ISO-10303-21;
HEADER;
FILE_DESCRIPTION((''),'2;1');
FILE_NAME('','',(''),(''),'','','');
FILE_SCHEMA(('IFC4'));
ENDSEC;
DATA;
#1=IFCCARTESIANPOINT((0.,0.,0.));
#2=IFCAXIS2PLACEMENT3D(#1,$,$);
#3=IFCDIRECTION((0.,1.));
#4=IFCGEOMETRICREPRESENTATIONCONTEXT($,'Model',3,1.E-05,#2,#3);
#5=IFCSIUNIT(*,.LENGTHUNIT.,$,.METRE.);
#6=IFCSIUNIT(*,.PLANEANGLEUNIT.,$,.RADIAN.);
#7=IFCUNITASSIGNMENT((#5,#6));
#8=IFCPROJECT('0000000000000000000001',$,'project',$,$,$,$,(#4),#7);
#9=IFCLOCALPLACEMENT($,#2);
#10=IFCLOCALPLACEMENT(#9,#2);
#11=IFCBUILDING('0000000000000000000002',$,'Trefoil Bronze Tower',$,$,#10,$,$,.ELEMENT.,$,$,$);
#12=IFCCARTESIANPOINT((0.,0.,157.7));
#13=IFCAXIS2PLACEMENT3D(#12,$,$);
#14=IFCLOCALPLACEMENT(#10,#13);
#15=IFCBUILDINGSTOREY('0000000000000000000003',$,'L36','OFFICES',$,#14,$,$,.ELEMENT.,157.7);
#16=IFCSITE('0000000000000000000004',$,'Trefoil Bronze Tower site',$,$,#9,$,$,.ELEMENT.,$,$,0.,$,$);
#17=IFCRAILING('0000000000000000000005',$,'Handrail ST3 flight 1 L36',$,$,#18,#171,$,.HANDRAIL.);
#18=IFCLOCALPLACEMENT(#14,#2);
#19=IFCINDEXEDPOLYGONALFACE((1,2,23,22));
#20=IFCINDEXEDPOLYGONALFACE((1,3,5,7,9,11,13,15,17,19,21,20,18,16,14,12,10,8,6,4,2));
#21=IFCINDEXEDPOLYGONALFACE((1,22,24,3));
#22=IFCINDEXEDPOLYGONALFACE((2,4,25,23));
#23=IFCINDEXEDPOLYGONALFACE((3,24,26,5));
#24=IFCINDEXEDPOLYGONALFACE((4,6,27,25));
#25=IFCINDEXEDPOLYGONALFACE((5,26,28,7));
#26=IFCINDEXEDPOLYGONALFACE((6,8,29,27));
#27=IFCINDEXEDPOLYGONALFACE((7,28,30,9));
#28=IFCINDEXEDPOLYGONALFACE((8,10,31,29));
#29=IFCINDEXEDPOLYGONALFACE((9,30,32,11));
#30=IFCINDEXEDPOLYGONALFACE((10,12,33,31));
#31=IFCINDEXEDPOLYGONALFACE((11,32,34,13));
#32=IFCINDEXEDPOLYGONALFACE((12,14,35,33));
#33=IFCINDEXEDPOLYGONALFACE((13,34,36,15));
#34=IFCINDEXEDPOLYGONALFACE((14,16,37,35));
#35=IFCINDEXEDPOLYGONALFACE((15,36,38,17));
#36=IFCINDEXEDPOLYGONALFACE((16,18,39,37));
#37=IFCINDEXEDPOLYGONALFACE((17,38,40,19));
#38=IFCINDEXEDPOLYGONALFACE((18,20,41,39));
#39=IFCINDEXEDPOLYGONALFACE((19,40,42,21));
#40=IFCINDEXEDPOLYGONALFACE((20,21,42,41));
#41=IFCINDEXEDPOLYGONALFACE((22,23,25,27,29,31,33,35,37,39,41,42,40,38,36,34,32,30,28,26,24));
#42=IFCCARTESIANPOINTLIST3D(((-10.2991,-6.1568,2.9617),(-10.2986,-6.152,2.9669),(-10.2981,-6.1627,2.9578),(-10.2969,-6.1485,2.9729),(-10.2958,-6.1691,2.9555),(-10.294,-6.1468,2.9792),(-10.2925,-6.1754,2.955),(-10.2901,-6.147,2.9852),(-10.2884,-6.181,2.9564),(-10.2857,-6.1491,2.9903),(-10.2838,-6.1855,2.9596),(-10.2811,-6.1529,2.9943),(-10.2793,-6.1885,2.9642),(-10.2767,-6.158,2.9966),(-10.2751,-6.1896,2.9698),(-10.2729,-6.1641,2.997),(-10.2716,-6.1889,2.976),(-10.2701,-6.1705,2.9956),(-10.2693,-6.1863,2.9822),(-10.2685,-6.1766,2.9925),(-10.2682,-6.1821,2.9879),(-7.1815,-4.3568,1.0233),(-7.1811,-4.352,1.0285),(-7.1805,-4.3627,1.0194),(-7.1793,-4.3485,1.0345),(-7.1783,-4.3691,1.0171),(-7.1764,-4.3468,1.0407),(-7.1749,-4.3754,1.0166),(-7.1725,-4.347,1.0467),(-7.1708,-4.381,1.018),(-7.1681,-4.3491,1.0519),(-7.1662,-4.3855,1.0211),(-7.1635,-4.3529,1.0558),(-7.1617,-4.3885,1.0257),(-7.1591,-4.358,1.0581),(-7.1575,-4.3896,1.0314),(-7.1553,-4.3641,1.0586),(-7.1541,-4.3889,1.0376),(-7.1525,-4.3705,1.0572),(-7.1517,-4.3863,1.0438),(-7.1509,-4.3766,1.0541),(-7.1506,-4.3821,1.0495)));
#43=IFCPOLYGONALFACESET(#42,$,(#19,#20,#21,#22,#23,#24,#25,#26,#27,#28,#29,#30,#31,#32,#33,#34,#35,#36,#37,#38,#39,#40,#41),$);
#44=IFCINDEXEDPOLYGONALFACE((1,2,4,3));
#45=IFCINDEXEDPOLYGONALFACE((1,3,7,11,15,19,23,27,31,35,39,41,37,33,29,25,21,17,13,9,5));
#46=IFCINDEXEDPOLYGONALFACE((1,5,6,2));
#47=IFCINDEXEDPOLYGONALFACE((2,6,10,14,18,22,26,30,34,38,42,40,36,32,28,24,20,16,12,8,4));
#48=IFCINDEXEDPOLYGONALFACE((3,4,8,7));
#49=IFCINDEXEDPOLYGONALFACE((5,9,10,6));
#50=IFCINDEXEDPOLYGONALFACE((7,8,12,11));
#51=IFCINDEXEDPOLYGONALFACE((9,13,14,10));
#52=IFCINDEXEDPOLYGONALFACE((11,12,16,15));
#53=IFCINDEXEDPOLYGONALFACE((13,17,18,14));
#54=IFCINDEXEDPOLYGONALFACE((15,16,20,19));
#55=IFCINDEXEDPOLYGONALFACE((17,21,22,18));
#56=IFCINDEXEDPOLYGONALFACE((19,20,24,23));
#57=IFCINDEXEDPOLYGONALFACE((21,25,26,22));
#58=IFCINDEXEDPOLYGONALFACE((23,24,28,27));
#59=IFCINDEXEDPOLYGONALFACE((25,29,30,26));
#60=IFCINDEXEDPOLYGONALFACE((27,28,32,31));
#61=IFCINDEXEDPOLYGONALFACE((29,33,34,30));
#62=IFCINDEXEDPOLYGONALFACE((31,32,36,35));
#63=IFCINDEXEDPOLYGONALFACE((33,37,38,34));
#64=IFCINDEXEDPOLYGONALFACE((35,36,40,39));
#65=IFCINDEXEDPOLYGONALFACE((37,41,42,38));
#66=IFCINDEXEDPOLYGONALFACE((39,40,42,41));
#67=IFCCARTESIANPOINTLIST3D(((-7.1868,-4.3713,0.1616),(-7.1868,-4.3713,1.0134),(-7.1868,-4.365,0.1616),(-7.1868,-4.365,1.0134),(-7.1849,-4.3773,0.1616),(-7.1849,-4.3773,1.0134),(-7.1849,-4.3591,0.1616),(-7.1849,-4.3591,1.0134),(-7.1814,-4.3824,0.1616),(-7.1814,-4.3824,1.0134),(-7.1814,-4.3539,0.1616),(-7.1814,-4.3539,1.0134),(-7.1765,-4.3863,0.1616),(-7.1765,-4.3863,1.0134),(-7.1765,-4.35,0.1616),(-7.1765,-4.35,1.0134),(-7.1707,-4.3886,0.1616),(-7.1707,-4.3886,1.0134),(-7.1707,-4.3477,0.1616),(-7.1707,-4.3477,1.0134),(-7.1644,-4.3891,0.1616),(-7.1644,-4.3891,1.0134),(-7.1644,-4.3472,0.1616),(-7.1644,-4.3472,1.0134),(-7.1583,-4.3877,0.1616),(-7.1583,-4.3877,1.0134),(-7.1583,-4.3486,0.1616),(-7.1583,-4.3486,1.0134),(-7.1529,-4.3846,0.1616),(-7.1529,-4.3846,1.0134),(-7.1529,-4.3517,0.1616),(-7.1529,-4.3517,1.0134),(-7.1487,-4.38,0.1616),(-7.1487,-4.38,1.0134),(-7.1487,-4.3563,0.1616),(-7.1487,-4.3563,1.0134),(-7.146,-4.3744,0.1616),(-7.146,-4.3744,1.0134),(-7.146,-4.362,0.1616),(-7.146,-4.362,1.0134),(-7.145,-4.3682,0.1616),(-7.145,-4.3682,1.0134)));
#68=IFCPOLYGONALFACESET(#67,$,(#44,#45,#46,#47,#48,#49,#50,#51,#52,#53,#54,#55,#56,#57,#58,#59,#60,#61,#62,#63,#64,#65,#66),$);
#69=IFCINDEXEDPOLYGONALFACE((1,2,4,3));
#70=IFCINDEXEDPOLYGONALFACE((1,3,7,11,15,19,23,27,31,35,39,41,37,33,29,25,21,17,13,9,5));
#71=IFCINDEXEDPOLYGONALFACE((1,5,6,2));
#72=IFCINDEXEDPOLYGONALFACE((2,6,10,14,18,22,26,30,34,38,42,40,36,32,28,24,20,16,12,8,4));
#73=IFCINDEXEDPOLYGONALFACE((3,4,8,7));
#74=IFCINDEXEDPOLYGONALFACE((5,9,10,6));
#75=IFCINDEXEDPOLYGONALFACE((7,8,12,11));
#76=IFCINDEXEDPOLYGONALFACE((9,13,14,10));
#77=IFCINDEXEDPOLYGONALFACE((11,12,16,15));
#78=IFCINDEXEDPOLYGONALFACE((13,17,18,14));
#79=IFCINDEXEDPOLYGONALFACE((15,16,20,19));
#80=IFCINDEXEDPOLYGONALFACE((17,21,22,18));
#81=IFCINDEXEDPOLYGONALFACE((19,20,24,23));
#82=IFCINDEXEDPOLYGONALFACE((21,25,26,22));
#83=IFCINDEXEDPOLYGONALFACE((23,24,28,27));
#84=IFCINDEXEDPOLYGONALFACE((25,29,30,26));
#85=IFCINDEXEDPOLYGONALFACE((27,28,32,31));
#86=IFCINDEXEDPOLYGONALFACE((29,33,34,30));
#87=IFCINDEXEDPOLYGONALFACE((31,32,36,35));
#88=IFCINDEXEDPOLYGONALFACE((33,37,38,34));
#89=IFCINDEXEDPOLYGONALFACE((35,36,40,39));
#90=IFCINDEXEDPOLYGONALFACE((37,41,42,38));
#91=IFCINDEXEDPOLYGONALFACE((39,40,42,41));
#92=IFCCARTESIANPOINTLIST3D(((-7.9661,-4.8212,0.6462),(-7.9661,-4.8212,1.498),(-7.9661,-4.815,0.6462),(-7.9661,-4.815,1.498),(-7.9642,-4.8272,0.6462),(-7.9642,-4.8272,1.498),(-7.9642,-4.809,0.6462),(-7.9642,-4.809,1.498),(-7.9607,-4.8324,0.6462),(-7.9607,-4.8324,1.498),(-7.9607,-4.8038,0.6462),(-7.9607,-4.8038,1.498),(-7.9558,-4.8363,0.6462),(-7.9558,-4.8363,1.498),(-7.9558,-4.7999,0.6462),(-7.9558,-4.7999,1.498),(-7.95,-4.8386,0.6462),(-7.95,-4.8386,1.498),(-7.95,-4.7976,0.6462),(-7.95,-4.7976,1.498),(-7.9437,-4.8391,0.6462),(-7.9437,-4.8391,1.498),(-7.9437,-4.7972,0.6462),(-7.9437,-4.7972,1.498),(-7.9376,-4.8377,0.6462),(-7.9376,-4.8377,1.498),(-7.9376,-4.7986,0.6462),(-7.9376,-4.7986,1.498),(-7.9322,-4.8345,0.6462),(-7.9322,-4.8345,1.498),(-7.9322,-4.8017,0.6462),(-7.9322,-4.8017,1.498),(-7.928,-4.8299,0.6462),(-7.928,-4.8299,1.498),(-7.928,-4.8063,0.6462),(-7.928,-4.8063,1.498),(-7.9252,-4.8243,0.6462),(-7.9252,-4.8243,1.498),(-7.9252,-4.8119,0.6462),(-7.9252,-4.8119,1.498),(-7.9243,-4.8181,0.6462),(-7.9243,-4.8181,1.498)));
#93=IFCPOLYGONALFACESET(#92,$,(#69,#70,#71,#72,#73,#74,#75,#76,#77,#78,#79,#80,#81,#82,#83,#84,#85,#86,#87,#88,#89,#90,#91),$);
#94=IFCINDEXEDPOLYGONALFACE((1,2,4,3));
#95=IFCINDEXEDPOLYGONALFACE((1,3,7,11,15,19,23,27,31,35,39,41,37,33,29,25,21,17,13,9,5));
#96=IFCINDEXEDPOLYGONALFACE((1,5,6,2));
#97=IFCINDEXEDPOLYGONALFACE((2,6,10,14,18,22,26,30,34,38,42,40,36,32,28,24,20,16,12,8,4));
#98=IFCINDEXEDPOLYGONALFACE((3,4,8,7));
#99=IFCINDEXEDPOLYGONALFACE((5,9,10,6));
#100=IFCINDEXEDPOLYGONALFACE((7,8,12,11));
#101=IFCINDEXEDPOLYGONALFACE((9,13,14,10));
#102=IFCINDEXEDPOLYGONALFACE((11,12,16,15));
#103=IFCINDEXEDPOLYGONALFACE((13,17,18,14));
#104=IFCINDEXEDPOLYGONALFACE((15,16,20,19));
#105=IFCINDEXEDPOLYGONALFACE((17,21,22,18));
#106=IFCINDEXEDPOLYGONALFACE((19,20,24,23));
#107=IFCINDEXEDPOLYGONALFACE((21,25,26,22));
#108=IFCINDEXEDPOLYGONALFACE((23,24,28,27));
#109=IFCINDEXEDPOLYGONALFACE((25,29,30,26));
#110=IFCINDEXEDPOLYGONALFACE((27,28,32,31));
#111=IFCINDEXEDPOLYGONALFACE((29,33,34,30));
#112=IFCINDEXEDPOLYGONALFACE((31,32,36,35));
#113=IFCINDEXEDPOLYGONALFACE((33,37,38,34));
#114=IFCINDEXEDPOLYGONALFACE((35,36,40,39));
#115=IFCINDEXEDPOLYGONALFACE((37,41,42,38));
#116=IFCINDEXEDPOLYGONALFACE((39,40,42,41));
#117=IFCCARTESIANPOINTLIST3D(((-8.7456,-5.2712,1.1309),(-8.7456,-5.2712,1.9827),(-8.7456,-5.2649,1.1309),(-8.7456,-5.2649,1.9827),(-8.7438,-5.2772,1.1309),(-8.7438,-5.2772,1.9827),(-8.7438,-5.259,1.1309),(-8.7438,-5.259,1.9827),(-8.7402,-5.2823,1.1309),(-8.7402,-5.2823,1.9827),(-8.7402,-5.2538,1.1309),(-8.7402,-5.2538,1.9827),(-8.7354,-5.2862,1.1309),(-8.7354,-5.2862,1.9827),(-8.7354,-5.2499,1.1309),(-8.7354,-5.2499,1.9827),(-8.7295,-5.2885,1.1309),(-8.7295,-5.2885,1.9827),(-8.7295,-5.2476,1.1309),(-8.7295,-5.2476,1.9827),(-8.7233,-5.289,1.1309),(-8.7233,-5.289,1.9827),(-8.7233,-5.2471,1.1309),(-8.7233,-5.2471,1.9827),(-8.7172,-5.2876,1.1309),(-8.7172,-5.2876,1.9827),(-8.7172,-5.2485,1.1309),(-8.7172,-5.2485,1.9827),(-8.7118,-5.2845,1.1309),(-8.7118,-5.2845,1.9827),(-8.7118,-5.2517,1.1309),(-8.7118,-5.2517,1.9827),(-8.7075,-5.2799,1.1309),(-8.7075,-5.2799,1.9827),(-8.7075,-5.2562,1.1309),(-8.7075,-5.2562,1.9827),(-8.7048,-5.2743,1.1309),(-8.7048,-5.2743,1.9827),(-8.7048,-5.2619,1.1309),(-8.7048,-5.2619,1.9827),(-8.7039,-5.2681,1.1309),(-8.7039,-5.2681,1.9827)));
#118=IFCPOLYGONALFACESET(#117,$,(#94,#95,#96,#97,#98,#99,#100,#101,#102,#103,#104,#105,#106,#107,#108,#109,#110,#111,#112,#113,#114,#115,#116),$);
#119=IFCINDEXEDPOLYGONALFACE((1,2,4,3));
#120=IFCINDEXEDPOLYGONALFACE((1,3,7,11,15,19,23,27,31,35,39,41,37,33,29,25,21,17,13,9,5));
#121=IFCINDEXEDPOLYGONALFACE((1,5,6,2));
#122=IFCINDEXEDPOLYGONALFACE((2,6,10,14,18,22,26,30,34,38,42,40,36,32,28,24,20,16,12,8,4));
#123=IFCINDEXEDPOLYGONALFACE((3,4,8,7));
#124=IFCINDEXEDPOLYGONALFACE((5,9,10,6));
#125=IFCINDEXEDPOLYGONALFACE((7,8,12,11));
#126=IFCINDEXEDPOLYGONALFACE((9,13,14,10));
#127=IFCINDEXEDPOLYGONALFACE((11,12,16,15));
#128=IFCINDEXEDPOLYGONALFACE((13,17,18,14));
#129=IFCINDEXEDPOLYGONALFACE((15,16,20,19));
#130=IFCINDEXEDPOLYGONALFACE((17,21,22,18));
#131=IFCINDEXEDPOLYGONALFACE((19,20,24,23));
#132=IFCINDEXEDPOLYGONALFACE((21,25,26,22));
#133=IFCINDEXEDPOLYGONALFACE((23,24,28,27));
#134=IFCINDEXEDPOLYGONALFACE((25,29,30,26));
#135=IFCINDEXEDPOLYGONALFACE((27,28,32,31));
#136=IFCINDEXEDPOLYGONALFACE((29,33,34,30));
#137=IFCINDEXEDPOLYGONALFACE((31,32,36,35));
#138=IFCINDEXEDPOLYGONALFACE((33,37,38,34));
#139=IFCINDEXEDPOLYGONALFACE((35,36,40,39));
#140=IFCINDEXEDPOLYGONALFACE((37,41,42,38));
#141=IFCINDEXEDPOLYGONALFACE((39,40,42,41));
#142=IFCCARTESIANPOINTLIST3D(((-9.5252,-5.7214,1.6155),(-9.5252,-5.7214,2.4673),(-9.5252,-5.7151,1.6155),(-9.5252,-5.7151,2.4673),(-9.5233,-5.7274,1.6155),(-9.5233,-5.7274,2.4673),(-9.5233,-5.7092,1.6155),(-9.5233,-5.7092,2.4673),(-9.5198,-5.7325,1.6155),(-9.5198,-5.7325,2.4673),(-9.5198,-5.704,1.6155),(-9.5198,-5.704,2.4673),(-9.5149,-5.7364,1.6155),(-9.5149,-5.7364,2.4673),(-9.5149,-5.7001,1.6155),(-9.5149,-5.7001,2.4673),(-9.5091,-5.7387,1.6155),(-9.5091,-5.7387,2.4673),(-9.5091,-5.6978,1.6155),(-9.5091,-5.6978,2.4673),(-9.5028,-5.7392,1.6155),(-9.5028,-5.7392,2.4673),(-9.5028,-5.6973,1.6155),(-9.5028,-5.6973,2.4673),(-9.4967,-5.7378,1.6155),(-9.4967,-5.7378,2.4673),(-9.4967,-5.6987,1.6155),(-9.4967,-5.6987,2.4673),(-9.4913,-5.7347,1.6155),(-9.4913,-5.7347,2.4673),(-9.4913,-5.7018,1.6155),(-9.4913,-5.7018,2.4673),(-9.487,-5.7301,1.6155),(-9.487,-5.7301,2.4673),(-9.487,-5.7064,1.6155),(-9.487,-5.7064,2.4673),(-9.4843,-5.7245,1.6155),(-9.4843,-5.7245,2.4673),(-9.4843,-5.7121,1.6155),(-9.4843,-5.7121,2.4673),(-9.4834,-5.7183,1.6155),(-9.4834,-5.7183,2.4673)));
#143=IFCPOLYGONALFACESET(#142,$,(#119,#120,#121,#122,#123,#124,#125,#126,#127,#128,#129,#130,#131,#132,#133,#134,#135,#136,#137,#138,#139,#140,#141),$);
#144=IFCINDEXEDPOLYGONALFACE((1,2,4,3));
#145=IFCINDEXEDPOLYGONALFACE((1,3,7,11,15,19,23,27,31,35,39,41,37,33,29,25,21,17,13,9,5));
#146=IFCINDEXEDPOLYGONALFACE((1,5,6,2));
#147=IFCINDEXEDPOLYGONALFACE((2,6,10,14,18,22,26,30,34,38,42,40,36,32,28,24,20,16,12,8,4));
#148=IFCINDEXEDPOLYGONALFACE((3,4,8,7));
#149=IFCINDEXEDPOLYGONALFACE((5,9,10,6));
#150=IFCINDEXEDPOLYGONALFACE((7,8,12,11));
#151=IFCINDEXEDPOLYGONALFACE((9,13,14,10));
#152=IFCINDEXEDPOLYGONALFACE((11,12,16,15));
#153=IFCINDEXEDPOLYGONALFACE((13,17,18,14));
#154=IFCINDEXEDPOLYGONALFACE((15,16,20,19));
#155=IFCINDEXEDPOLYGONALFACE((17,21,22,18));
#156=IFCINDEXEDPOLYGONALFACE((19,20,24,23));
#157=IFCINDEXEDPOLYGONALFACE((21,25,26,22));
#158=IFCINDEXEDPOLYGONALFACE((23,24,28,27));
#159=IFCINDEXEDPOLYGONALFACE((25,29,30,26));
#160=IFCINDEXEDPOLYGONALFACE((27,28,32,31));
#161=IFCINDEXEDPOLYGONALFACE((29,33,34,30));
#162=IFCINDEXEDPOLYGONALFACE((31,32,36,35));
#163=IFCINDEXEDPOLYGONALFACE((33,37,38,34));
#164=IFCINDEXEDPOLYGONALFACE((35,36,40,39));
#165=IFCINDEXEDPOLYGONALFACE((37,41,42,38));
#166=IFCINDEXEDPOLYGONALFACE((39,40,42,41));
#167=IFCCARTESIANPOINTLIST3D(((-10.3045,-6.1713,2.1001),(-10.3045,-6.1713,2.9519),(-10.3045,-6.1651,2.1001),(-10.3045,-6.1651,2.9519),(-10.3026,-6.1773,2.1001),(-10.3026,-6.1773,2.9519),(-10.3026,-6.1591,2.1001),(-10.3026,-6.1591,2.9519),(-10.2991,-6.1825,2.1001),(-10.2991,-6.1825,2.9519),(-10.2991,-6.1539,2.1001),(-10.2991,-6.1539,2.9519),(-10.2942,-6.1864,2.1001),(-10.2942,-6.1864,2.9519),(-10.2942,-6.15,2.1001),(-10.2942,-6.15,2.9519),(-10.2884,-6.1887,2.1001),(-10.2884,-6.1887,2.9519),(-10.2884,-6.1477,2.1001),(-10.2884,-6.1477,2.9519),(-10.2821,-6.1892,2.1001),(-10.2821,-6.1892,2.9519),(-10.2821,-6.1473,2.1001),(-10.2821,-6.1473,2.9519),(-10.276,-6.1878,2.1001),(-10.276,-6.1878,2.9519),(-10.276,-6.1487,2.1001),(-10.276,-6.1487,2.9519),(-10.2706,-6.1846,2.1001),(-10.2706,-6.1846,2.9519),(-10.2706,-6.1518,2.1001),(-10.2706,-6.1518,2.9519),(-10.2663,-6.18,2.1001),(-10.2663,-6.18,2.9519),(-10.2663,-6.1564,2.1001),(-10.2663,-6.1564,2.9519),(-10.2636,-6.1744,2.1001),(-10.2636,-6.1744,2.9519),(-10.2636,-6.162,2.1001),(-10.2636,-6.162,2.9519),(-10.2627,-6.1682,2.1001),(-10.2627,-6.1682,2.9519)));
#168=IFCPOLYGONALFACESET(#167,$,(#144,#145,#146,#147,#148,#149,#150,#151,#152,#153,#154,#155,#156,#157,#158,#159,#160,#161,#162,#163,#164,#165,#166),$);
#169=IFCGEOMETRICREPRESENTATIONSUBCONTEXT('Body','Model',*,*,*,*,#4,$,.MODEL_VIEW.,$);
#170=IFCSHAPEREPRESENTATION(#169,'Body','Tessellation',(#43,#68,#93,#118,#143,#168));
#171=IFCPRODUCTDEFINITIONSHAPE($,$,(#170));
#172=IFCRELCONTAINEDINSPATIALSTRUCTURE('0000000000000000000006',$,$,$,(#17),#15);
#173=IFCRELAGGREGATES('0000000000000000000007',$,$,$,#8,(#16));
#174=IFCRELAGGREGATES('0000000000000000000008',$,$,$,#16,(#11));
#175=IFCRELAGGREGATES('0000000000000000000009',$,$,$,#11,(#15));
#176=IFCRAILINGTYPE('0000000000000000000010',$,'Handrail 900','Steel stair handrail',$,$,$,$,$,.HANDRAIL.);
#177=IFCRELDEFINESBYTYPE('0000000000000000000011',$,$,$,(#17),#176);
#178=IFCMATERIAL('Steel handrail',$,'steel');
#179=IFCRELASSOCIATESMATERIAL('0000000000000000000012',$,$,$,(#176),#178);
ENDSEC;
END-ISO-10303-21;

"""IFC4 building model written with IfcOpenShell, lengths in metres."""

from ifc_helpers import new_model, si_unit, direction, frame, origin, origin_2d, place, context, subcontext, project, spatial, circle, extrude, material, type_object, element, save


model = new_model("IFC4")

# Units and contexts
model_context = context("Model", 3, precision=1e-05, world=origin(), true_north=direction((0.0, 1.0)))
body_context = subcontext(model_context, "Body", "Model", "MODEL_VIEW")
ifc_project = project(units=[si_unit("LENGTHUNIT", "METRE"), si_unit("PLANEANGLEUNIT", "RADIAN")], contexts=[model_context])

# Site, building, storey
site_placement = place(None, origin())
site = spatial("IfcSite", under=ifc_project, at=site_placement, Name="Trefoil Bronze Tower site", CompositionType="ELEMENT", RefElevation=0.0)
building_placement = place(site_placement, origin())
building = spatial("IfcBuilding", under=site, at=building_placement, Name="Trefoil Bronze Tower", CompositionType="ELEMENT")
storey_placement = place(building_placement, frame((0.0, 0.0, 157.7)))
storey = spatial("IfcBuildingStorey", under=building, at=storey_placement, Name="L36", Description="OFFICES", CompositionType="ELEMENT", Elevation=157.7)

# Railing
ifc_material_1 = material(Name="Steel handrail", Category="steel")
railing_type = type_object("IfcRailingType", Name="Handrail 900", Description="Steel stair handrail", PredefinedType="HANDRAIL", material=ifc_material_1)
railing_1_placement = place(storey_placement, frame((-7.166, -4.3682, 0.1616)))
element("IfcRailing", 1, at=railing_1_placement, inside=storey, type_object=railing_type, Name="Handrail ST3 flight 1 L36", PredefinedType="HANDRAIL", context=body_context, shape_type="SweptSolid", body=[
    extrude(circle(Radius=0.0239, at=origin_2d()), frame((0.0, 0.0, 0.876), z_axis=(-0.762503, -0.440246, 0.474102), x_axis=(0.500012, -0.866018, 0.0)), (0.0, 0.0, 1.0), 4.0886),
    extrude(circle(Radius=0.021, at=origin_2d()), origin(), (0.0, 0.0, 1.0), 0.8518),
    extrude(circle(Radius=0.021, at=origin_2d()), frame((-0.7793, -0.45, 0.4846)), (0.0, 0.0, 1.0), 0.8518),
    extrude(circle(Radius=0.021, at=origin_2d()), frame((-1.5588, -0.8999, 0.9692)), (0.0, 0.0, 1.0), 0.8518),
    extrude(circle(Radius=0.021, at=origin_2d()), frame((-2.3384, -1.3501, 1.4539)), (0.0, 0.0, 1.0), 0.8518),
    extrude(circle(Radius=0.021, at=origin_2d()), frame((-3.1177, -1.8, 1.9385)), (0.0, 0.0, 1.0), 0.8518),
])

save(model, "model.ifc")
